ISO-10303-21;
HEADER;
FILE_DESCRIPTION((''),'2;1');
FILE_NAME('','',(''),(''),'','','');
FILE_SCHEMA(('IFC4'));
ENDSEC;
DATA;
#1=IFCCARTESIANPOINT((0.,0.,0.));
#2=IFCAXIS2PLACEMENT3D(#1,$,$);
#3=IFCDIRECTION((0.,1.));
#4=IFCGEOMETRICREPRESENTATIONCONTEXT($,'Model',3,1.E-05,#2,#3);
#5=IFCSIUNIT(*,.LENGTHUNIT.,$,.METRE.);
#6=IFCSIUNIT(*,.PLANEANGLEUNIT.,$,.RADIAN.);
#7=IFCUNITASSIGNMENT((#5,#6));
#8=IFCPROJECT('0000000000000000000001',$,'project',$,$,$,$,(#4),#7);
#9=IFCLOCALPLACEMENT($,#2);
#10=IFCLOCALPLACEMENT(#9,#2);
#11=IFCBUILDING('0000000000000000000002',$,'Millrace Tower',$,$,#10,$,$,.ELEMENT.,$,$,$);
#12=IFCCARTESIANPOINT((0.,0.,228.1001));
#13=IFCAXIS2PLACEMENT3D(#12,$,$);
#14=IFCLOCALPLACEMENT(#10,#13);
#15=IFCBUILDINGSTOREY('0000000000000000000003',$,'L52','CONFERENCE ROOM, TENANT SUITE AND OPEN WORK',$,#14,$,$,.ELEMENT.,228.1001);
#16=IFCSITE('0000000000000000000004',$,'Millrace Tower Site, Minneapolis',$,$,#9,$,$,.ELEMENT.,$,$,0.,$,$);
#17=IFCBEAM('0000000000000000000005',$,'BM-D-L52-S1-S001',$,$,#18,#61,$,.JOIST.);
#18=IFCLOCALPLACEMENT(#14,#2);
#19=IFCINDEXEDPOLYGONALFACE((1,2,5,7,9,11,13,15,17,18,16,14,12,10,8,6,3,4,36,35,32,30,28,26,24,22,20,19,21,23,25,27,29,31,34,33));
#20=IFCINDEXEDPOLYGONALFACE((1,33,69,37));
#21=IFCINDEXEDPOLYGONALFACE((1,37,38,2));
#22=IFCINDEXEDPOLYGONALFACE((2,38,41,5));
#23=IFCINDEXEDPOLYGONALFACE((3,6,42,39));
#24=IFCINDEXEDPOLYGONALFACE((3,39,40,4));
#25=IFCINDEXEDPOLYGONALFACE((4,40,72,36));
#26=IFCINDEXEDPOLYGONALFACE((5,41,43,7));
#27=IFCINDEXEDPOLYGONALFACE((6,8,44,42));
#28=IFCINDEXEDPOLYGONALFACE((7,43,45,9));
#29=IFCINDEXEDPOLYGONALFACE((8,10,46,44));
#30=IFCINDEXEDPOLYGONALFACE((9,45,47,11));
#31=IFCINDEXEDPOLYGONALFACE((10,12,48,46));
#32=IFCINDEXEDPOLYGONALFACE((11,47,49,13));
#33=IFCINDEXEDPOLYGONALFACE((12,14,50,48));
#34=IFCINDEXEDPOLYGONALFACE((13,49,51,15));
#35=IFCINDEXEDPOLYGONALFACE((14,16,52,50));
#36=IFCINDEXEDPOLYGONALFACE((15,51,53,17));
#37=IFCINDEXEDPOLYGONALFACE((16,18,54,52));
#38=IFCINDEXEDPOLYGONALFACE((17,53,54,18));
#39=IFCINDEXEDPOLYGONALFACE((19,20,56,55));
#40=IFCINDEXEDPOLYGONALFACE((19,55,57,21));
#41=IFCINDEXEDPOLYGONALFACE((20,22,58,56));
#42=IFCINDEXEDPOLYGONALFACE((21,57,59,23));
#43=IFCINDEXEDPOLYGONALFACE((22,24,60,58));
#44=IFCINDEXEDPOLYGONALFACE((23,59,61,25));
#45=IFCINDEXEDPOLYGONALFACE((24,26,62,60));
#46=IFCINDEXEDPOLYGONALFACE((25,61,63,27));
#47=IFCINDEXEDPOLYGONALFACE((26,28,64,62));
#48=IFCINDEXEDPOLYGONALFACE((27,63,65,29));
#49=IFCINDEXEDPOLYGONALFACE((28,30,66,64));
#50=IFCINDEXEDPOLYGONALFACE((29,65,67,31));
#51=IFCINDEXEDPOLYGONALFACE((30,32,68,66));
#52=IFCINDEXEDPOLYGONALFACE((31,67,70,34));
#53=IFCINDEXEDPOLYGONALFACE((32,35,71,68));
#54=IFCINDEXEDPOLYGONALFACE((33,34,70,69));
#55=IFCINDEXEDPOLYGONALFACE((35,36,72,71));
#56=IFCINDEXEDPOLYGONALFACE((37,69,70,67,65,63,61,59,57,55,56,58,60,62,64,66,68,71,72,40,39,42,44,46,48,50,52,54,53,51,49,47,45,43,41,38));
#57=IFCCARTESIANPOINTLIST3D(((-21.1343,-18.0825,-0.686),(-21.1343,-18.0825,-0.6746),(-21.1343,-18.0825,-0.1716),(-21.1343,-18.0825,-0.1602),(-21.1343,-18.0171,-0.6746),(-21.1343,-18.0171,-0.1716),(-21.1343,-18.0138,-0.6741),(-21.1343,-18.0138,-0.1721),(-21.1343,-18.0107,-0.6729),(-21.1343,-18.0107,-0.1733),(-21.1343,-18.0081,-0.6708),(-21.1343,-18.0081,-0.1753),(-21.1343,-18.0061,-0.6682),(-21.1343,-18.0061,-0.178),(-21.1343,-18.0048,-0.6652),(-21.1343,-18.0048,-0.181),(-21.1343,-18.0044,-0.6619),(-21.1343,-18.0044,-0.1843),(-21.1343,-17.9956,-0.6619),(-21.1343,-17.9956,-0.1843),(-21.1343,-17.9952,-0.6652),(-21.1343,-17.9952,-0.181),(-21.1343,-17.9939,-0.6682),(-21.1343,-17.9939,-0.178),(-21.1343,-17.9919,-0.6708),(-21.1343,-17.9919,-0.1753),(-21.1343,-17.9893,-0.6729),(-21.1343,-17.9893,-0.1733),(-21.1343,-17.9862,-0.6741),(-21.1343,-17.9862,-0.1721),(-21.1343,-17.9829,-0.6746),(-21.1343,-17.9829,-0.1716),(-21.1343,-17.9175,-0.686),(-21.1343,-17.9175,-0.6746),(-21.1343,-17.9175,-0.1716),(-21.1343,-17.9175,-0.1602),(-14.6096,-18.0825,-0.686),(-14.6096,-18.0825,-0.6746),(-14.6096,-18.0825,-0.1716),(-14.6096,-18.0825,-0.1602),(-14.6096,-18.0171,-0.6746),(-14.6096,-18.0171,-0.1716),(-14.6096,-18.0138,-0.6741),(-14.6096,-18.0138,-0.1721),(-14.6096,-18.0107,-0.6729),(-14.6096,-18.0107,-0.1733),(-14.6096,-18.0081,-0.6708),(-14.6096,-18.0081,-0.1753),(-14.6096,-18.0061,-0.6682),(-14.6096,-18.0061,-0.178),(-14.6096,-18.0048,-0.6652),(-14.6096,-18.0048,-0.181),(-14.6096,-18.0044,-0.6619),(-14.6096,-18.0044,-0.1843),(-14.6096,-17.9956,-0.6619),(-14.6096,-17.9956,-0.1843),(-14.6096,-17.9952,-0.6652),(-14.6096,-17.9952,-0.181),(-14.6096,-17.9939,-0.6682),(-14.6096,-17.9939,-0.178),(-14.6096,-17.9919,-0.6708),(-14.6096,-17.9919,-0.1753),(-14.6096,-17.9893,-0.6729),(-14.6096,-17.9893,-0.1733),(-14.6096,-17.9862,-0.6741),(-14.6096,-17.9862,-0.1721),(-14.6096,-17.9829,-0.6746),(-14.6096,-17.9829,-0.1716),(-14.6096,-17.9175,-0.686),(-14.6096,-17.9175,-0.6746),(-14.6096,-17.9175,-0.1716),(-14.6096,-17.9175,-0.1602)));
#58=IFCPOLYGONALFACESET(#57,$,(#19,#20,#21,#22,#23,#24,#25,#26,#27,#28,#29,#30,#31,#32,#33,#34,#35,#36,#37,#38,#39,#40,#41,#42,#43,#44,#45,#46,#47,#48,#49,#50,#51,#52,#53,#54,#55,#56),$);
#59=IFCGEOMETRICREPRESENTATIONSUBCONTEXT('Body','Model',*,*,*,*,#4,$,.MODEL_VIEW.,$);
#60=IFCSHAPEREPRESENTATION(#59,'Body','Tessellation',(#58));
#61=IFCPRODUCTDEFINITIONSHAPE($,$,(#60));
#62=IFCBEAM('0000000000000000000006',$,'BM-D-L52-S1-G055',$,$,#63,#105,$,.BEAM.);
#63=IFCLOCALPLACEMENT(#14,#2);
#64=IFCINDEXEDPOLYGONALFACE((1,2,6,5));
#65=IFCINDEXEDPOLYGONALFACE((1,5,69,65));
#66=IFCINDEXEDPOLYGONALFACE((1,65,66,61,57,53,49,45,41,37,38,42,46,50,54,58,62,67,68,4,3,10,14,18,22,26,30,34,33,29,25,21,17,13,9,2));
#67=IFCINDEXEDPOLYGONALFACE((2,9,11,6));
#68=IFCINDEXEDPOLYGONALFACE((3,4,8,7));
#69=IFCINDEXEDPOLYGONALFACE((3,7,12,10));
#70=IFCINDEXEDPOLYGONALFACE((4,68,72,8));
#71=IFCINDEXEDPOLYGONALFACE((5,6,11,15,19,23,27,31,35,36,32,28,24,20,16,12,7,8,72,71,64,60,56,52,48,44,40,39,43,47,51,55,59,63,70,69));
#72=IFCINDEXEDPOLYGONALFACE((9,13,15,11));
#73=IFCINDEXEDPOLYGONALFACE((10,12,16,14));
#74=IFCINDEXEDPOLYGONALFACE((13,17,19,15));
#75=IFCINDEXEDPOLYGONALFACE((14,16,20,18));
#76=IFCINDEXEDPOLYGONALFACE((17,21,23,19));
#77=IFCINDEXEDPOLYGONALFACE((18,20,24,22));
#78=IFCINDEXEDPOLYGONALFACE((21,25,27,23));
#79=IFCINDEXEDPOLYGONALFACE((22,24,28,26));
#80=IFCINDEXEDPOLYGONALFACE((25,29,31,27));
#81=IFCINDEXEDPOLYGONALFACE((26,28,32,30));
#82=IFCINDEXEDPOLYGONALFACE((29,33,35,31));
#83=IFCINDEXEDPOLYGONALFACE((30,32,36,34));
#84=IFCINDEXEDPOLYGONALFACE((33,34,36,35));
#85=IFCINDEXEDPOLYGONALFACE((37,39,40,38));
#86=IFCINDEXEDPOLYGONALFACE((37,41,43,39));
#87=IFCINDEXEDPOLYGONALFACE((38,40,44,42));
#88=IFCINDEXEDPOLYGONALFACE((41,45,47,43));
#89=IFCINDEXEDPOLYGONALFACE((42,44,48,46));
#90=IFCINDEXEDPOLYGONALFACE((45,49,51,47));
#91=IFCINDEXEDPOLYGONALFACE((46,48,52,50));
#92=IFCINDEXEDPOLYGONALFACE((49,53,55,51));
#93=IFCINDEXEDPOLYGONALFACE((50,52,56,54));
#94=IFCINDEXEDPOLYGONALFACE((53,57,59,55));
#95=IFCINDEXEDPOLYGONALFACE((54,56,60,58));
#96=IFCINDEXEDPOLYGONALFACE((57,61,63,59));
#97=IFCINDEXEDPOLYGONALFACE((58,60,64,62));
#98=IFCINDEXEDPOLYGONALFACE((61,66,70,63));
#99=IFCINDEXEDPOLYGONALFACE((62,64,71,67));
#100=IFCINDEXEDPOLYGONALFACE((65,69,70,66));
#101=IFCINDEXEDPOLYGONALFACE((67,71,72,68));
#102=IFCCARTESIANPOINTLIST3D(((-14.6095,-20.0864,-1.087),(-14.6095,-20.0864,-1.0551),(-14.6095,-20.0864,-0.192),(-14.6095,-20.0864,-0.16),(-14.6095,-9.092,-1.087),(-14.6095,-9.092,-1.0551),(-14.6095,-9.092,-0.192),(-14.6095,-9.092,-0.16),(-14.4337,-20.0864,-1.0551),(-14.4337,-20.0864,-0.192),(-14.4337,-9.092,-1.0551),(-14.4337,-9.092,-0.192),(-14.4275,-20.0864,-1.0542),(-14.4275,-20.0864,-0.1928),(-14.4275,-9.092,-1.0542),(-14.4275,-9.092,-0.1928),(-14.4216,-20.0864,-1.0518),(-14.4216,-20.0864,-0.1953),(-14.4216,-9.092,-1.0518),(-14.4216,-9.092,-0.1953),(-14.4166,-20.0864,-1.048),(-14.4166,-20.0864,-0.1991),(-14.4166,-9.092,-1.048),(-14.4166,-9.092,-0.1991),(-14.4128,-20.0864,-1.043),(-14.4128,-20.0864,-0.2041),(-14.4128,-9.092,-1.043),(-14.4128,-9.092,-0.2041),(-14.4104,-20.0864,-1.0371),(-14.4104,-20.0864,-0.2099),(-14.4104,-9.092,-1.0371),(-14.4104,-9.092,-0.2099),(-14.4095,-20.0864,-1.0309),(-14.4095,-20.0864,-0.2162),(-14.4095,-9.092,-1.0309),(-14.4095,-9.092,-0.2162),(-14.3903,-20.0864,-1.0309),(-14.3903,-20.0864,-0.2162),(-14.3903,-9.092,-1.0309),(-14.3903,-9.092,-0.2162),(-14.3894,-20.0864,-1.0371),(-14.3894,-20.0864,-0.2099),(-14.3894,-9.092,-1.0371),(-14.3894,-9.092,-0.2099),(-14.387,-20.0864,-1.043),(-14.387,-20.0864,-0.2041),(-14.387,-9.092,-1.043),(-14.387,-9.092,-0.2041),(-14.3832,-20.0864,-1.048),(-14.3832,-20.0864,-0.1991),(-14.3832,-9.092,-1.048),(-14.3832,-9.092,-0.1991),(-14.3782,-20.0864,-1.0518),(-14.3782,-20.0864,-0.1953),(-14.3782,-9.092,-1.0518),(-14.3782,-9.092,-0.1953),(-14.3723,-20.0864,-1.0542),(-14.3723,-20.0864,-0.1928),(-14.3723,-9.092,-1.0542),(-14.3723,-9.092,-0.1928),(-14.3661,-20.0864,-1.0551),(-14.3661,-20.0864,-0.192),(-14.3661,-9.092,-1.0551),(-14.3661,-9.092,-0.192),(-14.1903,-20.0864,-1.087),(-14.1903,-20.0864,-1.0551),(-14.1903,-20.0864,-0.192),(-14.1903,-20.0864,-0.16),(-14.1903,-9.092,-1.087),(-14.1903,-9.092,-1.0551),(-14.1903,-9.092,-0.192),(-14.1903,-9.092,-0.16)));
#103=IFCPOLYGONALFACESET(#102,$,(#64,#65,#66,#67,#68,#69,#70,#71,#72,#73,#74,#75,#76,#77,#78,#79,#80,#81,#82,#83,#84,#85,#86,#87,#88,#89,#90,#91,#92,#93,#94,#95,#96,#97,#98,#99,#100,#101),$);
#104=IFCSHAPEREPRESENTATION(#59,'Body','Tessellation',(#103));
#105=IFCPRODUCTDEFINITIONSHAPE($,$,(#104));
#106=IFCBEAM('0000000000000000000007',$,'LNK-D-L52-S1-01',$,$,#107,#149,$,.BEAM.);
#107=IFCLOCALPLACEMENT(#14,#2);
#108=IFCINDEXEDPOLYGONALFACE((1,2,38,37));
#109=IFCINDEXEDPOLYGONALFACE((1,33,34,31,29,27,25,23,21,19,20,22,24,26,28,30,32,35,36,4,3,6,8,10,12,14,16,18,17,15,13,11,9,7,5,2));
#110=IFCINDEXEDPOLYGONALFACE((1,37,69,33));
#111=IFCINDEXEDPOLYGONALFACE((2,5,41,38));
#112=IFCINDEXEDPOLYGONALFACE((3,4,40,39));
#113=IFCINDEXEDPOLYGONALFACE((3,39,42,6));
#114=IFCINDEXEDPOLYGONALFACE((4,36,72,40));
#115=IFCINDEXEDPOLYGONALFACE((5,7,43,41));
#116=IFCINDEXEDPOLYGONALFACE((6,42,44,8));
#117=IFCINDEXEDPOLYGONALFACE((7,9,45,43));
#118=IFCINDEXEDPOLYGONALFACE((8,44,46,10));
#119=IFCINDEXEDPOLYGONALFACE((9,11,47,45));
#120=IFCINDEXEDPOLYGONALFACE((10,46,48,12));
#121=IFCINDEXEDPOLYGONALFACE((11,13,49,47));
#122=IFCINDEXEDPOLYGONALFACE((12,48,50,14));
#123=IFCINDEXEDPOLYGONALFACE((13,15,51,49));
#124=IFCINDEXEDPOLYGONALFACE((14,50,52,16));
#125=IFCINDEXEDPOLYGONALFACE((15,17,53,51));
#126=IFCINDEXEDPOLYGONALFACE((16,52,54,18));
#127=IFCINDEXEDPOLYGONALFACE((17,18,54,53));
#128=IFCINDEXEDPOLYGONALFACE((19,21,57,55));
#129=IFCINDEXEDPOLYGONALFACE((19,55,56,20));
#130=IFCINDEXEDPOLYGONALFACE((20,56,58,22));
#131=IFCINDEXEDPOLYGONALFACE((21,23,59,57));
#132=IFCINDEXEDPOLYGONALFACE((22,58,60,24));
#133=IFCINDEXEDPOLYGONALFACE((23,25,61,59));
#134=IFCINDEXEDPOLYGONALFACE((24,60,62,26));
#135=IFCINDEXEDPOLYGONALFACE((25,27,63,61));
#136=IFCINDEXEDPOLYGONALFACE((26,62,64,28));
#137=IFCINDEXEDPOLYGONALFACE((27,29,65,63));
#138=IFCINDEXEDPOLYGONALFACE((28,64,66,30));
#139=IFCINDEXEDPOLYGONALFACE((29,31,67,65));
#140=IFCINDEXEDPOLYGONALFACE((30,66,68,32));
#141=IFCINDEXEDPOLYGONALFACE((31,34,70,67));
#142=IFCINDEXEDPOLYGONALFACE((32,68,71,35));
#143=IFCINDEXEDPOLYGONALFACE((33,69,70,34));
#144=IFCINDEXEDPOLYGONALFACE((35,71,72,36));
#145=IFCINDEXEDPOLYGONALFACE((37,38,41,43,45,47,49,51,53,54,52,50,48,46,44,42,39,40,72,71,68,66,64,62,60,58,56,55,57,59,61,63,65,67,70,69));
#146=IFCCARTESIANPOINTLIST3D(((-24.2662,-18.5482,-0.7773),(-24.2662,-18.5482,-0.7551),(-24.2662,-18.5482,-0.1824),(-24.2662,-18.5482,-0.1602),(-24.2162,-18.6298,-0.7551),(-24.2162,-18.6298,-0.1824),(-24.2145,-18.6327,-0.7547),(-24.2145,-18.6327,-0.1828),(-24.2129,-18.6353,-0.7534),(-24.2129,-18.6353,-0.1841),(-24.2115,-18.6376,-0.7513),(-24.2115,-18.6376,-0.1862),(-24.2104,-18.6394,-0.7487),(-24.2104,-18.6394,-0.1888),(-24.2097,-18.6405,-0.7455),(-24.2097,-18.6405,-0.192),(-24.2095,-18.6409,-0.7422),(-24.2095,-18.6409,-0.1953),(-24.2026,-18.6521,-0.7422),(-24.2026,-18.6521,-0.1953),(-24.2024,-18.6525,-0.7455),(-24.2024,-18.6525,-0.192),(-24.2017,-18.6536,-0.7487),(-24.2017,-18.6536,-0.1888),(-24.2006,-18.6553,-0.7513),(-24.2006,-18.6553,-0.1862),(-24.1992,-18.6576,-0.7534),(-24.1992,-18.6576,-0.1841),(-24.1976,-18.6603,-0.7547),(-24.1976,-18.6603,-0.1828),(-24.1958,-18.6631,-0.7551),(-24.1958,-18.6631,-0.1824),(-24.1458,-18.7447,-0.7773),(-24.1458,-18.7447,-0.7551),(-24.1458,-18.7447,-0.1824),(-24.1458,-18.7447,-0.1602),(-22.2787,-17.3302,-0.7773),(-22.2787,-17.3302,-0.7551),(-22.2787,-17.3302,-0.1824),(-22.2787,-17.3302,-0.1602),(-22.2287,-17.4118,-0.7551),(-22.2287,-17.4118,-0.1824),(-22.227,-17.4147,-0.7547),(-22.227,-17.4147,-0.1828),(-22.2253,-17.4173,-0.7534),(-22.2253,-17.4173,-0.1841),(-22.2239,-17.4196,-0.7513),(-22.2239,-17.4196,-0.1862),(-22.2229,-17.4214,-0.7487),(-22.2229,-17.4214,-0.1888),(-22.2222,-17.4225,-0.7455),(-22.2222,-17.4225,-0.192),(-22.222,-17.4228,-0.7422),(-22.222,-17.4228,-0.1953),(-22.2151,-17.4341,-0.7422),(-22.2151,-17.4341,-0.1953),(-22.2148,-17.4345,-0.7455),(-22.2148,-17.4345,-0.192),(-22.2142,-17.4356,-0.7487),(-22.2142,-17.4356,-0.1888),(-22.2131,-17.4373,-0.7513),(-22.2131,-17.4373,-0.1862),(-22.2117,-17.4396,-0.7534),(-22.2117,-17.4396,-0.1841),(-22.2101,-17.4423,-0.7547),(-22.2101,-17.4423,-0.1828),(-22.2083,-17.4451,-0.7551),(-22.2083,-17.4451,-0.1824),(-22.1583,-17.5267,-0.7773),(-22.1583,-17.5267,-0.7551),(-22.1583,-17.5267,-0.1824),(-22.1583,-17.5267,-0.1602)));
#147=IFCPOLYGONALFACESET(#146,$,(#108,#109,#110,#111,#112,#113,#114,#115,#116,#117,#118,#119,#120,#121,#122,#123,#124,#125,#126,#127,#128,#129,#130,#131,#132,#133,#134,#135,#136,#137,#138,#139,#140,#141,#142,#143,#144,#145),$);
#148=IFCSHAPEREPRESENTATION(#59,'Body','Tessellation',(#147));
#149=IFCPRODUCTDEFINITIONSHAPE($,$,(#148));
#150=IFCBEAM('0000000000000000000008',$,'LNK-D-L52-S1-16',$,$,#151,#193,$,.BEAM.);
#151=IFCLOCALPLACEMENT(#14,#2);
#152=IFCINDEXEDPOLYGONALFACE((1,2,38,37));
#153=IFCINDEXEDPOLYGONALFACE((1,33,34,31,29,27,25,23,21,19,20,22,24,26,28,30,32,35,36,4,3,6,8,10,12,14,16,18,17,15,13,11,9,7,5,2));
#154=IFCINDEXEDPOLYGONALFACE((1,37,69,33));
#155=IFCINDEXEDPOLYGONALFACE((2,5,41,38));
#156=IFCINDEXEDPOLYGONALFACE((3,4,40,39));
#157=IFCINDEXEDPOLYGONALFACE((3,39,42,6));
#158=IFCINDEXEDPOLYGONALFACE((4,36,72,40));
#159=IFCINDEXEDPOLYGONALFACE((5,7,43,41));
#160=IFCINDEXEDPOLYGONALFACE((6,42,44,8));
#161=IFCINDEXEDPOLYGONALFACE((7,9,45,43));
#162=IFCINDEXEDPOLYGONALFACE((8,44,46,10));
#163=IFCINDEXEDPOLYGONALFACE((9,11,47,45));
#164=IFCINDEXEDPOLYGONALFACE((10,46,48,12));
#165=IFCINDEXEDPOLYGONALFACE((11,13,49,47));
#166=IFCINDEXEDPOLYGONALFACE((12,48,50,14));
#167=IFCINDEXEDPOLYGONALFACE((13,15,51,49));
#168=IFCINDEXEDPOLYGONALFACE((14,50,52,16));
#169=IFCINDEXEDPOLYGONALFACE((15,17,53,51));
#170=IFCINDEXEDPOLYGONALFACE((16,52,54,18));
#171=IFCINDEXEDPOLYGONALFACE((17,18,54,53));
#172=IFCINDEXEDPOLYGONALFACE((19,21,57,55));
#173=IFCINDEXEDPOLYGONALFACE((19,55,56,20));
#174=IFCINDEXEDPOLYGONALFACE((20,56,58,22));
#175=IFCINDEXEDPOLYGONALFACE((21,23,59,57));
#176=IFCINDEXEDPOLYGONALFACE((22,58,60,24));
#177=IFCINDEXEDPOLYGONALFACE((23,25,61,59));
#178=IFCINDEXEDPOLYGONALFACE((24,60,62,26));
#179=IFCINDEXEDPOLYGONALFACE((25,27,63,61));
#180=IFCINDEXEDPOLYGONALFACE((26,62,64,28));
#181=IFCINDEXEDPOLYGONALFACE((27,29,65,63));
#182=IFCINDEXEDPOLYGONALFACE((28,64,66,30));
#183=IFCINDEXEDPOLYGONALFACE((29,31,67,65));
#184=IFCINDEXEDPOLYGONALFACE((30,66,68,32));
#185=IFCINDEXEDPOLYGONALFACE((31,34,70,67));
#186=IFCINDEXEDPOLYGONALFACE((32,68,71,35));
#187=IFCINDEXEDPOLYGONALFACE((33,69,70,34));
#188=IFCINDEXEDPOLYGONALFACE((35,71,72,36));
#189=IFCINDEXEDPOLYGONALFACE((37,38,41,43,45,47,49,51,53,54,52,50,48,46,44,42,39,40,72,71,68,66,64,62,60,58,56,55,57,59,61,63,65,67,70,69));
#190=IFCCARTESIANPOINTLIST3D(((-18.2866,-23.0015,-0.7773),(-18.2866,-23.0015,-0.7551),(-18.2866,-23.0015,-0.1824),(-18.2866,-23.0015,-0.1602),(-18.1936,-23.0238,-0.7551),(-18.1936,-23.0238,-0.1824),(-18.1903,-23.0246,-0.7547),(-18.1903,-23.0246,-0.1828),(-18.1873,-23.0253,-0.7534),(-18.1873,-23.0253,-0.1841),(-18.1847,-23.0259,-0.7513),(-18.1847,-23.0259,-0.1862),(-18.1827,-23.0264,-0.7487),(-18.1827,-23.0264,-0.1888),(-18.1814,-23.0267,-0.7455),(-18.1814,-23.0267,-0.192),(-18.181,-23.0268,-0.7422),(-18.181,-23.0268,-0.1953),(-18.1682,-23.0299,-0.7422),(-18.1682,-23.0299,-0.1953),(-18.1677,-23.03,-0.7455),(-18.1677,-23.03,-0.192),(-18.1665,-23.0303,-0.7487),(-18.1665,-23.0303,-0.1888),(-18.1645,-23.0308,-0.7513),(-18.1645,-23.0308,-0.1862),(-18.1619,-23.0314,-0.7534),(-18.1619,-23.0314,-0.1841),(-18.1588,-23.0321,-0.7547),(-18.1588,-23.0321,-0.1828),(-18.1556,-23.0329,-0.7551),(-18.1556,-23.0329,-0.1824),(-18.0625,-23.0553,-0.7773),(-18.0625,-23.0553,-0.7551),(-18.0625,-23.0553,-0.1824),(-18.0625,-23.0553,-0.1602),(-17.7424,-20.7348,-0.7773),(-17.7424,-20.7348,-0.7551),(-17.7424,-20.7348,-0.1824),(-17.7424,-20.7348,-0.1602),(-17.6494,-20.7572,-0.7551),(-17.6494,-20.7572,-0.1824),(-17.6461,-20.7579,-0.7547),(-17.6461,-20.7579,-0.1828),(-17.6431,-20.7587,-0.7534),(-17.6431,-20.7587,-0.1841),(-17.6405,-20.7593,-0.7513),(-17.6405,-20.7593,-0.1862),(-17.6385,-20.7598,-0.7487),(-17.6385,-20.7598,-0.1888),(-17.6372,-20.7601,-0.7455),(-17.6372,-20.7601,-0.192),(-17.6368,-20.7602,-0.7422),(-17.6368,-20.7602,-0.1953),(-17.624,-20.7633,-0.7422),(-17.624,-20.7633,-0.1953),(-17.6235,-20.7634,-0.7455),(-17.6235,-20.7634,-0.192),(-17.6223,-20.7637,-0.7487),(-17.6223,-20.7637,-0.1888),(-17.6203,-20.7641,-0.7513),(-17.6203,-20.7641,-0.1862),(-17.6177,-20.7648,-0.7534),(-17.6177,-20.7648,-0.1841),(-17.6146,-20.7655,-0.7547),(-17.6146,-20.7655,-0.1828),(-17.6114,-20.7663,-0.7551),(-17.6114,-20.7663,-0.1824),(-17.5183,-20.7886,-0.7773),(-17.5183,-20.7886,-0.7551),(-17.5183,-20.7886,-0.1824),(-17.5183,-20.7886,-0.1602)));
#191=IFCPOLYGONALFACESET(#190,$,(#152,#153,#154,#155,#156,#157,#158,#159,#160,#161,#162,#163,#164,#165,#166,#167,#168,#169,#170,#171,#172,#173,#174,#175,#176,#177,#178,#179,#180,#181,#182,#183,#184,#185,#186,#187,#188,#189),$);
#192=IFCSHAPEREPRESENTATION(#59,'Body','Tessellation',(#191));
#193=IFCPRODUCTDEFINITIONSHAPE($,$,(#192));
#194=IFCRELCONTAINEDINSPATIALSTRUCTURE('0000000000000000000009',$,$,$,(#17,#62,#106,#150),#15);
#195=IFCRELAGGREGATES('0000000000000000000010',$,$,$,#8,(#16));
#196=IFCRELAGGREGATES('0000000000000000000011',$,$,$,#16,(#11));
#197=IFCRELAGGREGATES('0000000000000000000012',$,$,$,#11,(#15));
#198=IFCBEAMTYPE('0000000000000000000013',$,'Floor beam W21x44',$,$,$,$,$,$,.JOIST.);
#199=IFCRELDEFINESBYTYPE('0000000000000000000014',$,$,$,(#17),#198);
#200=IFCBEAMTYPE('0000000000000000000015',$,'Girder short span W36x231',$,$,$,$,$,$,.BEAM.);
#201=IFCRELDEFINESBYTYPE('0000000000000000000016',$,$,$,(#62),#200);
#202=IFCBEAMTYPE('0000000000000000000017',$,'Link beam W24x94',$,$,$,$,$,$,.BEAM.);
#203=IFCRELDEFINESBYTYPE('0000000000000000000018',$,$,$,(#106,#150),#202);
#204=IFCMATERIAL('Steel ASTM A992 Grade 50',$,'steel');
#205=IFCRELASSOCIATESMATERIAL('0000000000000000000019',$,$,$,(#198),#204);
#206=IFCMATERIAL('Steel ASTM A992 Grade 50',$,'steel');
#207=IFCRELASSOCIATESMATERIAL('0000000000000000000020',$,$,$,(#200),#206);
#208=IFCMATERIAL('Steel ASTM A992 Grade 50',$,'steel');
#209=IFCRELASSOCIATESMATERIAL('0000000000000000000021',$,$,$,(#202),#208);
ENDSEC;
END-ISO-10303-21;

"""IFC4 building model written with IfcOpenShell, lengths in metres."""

from ifc_helpers import new_model, si_unit, direction, frame, origin, origin_2d, place, context, subcontext, project, spatial, i_section, extrude, material, material_profile, profile_set, type_object, element, save


model = new_model("IFC4")

# Units and contexts
model_context = context("Model", 3, precision=1e-05, world=origin(), true_north=direction((0.0, 1.0)))
body_context = subcontext(model_context, "Body", "Model", "MODEL_VIEW")
ifc_project = project(units=[si_unit("LENGTHUNIT", "METRE"), si_unit("PLANEANGLEUNIT", "RADIAN")], contexts=[model_context])

# Site, building, storey
site_placement = place(None, origin())
site = spatial("IfcSite", under=ifc_project, at=site_placement, Name="Millrace Tower Site, Minneapolis", CompositionType="ELEMENT", RefElevation=0.0)
building_placement = place(site_placement, origin())
building = spatial("IfcBuilding", under=site, at=building_placement, Name="Millrace Tower", CompositionType="ELEMENT")
storey_placement = place(building_placement, frame((0.0, 0.0, 228.1001)))
storey = spatial("IfcBuildingStorey", under=building, at=storey_placement, Name="L52", Description="CONFERENCE ROOM, TENANT SUITE AND OPEN WORK", CompositionType="ELEMENT", Elevation=228.1001)

# Beams
ifc_material_1 = material(Name="Steel ASTM A992 Grade 50", Category="steel")
ifc_material_profile_1 = material_profile(ifc_material_1, i_section(OverallWidth=0.165, OverallDepth=0.5259, WebThickness=0.0088, FlangeThickness=0.0115, FilletRadius=0.0127, at=origin_2d()))
ifc_profile_set_1 = profile_set([ifc_material_profile_1], Name="Steel ASTM A992 Grade 50")
beam_type_1 = type_object("IfcBeamType", Name="Floor beam W21x44", PredefinedType="JOIST", material=ifc_profile_set_1)
beam_1_placement = place(storey_placement, frame((-21.1343, -18.0, -0.4231), z_axis=(1.0, 0.0, 0.0), x_axis=(0.0, 1.0, 0.0)))
element("IfcBeam", 1, at=beam_1_placement, inside=storey, type_object=beam_type_1, Name="BM-D-L52-S1-S001", PredefinedType="JOIST", context=body_context, shape_type="SweptSolid", body=[
    extrude(i_section(OverallWidth=0.165, OverallDepth=0.5259, WebThickness=0.0088, FlangeThickness=0.0115, FilletRadius=0.0127, at=origin_2d()), origin(), (0.0, 0.0, 1.0), 6.5247),
])
ifc_material_2 = material(Name="Steel ASTM A992 Grade 50", Category="steel")
ifc_material_profile_2 = material_profile(ifc_material_2, i_section(OverallWidth=0.4192, OverallDepth=0.927, WebThickness=0.0193, FlangeThickness=0.032, FilletRadius=0.0242, at=origin_2d()))
ifc_profile_set_2 = profile_set([ifc_material_profile_2], Name="Steel ASTM A992 Grade 50")
beam_type_2 = type_object("IfcBeamType", Name="Girder short span W36x231", PredefinedType="BEAM", material=ifc_profile_set_2)
beam_2_placement = place(storey_placement, frame((-14.3999, -20.0864, -0.6235), z_axis=(0.0, 1.0, 0.0), x_axis=(-1.0, 0.0, 0.0)))
element("IfcBeam", 2, at=beam_2_placement, inside=storey, type_object=beam_type_2, Name="BM-D-L52-S1-G055", PredefinedType="BEAM", context=body_context, shape_type="SweptSolid", body=[
    extrude(i_section(OverallWidth=0.4192, OverallDepth=0.927, WebThickness=0.0193, FlangeThickness=0.032, FilletRadius=0.0242, at=origin_2d()), origin(), (0.0, 0.0, 1.0), 10.9944),
])
ifc_material_3 = material(Name="Steel ASTM A992 Grade 50", Category="steel")
ifc_material_profile_3 = material_profile(ifc_material_3, i_section(OverallWidth=0.2305, OverallDepth=0.6172, WebThickness=0.0132, FlangeThickness=0.0222, FilletRadius=0.0129, at=origin_2d()))
ifc_profile_set_3 = profile_set([ifc_material_profile_3], Name="Steel ASTM A992 Grade 50")
beam_type_3 = type_object("IfcBeamType", Name="Link beam W24x94", PredefinedType="BEAM", material=ifc_profile_set_3)
for number, where, z_axis, x_axis, name in (
    (3, (-22.2185, -17.4285, -0.4688), (-0.852631, -0.522513, 0.0), (0.522513, -0.852631, 0.0), "LNK-D-L52-S1-01"),
    (4, (-17.6304, -20.7617, -0.4688), (-0.233456, -0.972367, 0.0), (0.972367, -0.233456, 0.0), "LNK-D-L52-S1-16"),
):
    element("IfcBeam", number, at=place(storey_placement, frame(where, z_axis=z_axis, x_axis=x_axis)), inside=storey, type_object=beam_type_3, Name=name, PredefinedType="BEAM", context=body_context, shape_type="SweptSolid", body=[
        extrude(i_section(OverallWidth=0.2305, OverallDepth=0.6172, WebThickness=0.0132, FlangeThickness=0.0222, FilletRadius=0.0129, at=origin_2d()), origin(), (0.0, 0.0, 1.0), 2.3311),
    ])

save(model, "model.ifc")
